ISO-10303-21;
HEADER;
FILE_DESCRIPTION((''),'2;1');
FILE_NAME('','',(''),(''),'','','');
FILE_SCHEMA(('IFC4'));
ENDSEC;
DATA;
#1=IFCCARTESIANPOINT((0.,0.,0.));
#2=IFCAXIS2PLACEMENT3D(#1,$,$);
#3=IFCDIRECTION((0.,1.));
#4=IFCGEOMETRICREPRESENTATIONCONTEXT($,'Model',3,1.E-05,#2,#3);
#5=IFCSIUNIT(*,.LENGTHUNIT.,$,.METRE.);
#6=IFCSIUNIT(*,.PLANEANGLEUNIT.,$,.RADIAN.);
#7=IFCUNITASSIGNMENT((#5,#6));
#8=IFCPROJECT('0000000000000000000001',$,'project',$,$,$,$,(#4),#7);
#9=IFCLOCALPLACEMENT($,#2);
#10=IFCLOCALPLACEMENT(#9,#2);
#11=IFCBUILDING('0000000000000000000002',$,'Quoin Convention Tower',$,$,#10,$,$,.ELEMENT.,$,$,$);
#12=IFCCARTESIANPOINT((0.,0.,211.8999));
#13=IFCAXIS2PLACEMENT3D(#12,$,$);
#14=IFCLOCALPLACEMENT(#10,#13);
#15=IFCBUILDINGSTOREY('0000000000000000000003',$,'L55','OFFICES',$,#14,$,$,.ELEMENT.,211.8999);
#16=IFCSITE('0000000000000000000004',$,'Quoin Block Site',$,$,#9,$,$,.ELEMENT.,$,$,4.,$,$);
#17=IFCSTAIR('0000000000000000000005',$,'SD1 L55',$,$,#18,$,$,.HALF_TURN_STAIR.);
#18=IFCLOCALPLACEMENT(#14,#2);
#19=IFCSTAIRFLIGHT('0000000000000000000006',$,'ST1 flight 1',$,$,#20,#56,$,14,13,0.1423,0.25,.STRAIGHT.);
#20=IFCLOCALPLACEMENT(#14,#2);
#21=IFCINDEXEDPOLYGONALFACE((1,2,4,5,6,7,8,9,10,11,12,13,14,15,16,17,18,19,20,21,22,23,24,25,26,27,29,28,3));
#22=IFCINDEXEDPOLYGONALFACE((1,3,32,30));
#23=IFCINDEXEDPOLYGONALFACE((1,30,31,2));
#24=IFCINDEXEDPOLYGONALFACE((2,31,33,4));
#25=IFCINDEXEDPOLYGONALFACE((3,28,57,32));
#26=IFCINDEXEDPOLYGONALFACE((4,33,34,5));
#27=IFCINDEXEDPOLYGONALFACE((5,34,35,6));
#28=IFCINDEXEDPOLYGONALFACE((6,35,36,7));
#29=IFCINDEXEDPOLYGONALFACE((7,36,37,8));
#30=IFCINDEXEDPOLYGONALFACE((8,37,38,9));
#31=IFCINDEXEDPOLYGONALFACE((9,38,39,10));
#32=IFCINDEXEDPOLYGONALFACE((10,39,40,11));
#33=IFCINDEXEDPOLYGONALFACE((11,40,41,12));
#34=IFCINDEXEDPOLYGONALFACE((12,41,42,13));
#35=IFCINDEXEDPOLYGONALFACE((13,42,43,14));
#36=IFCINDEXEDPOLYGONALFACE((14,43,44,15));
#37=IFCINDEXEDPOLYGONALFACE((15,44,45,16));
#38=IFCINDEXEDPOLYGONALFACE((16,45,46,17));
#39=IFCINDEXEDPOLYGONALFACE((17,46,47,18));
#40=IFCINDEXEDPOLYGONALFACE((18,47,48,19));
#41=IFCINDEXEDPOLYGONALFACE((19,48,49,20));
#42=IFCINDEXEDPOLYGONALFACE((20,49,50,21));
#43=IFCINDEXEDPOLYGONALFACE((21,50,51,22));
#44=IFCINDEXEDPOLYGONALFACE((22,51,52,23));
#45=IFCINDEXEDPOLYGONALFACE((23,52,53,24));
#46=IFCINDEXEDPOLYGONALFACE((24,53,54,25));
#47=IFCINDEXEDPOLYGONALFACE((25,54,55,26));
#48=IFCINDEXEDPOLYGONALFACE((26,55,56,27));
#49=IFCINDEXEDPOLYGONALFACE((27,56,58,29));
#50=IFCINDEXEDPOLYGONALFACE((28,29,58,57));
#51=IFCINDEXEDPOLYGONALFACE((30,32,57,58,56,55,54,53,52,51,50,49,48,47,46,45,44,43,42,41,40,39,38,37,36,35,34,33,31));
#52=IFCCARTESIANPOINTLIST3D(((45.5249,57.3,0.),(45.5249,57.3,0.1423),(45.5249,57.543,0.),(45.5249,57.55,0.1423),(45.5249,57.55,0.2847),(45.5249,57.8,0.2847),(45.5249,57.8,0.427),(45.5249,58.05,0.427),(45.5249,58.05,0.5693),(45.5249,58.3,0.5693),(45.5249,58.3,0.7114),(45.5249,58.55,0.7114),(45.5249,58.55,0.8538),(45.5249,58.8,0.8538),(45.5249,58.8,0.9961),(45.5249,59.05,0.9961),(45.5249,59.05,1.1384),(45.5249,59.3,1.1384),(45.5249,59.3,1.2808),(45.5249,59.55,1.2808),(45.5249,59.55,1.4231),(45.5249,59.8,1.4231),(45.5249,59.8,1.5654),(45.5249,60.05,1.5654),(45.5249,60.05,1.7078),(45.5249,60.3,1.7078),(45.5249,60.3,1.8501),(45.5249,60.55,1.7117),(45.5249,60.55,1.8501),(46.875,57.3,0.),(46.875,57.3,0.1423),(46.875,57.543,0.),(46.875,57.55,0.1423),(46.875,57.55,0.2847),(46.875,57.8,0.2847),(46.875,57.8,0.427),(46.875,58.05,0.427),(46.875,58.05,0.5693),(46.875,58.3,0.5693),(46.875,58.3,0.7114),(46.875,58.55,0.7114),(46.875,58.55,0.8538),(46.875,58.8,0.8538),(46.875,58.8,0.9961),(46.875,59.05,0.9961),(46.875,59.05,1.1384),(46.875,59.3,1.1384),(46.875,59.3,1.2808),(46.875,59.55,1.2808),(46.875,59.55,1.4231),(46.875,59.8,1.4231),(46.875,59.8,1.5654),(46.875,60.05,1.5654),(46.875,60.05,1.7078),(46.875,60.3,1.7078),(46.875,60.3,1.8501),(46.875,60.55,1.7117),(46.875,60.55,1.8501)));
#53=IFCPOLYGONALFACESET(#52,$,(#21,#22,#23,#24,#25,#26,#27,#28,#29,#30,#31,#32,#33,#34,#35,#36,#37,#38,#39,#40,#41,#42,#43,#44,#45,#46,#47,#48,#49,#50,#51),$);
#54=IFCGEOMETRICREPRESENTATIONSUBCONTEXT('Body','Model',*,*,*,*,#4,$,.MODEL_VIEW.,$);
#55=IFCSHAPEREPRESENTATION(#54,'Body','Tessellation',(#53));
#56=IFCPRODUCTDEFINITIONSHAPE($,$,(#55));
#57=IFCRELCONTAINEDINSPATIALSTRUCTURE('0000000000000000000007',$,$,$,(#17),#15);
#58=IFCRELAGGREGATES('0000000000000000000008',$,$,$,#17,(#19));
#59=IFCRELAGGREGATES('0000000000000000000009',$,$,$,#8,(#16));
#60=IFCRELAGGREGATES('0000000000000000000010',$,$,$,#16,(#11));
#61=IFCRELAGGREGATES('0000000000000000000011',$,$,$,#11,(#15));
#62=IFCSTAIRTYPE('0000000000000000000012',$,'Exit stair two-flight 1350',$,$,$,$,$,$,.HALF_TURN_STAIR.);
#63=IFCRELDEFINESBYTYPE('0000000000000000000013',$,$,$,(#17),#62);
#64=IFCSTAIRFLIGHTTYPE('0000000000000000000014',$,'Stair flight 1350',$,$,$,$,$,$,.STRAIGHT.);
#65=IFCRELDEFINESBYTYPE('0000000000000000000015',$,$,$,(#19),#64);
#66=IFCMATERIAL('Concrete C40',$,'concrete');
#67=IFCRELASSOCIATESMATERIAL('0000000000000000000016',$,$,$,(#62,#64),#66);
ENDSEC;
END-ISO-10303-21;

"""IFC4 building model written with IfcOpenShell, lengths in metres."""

from ifc_helpers import new_model, si_unit, direction, frame, origin, place, context, subcontext, project, spatial, polyline, outline, extrude, material, type_object, element, aggregate, save


model = new_model("IFC4")

# Units and contexts
model_context = context("Model", 3, precision=1e-05, world=origin(), true_north=direction((0.0, 1.0)))
body_context = subcontext(model_context, "Body", "Model", "MODEL_VIEW")
ifc_project = project(units=[si_unit("LENGTHUNIT", "METRE"), si_unit("PLANEANGLEUNIT", "RADIAN")], contexts=[model_context])

# Site, building, storey
site_placement = place(None, origin())
site = spatial("IfcSite", under=ifc_project, at=site_placement, Name="Quoin Block Site", CompositionType="ELEMENT", RefElevation=4.0)
building_placement = place(site_placement, origin())
building = spatial("IfcBuilding", under=site, at=building_placement, Name="Quoin Convention Tower", CompositionType="ELEMENT")
storey_placement = place(building_placement, frame((0.0, 0.0, 211.8999)))
storey = spatial("IfcBuildingStorey", under=building, at=storey_placement, Name="L55", Description="OFFICES", CompositionType="ELEMENT", Elevation=211.8999)

# Stair, stair flight
ifc_material_1 = material(Name="Concrete C40", Category="concrete")
stair_type = type_object("IfcStairType", Name="Exit stair two-flight 1350", PredefinedType="HALF_TURN_STAIR", material=ifc_material_1)
stair_placement = place(storey_placement, origin())
stair = element("IfcStair", 1, at=stair_placement, inside=storey, type_object=stair_type, Name="SD1 L55", PredefinedType="HALF_TURN_STAIR")
stair_flight_type = type_object("IfcStairFlightType", Name="Stair flight 1350", PredefinedType="STRAIGHT", material=ifc_material_1)
stair_flight_placement = place(storey_placement, frame((46.2, 57.3, 0.0), z_axis=(0.0, 0.0, 1.0), x_axis=(0.0, 1.0, 0.0)))
stair_flight = element("IfcStairFlight", 2, at=stair_flight_placement, type_object=stair_flight_type, Name="ST1 flight 1", NumberOfRisers=14, NumberOfTreads=13, PredefinedType="STRAIGHT", RiserHeight=0.1423, TreadLength=0.25, context=body_context, shape_type="SweptSolid", body=[
    extrude(outline(polyline([(0.0, 0.0), (0.0, 0.1423), (0.25, 0.1423), (0.25, 0.2847), (0.5, 0.2847), (0.5, 0.427), (0.75, 0.427), (0.75, 0.5693), (1.0, 0.5693), (1.0, 0.7114), (1.25, 0.7114), (1.25, 0.8538), (1.5, 0.8538), (1.5, 0.9961), (1.75, 0.9961), (1.75, 1.1384), (2.0, 1.1384), (2.0, 1.2808), (2.25, 1.2808), (2.25, 1.4231), (2.5, 1.4231), (2.5, 1.5654), (2.75, 1.5654), (2.75, 1.7078), (3.0, 1.7078), (3.0, 1.8501), (3.25, 1.8501), (3.25, 1.9922), (3.25, 1.7117), (0.2429, 0.0), (0.0, 0.0)])), frame((0.0, 0.675, 0.0), z_axis=(0.0, -1.0, 0.0), x_axis=(1.0, 0.0, 0.0)), (0.0, 0.0, 1.0), 1.3501),
])
aggregate(stair, [stair_flight])

save(model, "model.ifc")
